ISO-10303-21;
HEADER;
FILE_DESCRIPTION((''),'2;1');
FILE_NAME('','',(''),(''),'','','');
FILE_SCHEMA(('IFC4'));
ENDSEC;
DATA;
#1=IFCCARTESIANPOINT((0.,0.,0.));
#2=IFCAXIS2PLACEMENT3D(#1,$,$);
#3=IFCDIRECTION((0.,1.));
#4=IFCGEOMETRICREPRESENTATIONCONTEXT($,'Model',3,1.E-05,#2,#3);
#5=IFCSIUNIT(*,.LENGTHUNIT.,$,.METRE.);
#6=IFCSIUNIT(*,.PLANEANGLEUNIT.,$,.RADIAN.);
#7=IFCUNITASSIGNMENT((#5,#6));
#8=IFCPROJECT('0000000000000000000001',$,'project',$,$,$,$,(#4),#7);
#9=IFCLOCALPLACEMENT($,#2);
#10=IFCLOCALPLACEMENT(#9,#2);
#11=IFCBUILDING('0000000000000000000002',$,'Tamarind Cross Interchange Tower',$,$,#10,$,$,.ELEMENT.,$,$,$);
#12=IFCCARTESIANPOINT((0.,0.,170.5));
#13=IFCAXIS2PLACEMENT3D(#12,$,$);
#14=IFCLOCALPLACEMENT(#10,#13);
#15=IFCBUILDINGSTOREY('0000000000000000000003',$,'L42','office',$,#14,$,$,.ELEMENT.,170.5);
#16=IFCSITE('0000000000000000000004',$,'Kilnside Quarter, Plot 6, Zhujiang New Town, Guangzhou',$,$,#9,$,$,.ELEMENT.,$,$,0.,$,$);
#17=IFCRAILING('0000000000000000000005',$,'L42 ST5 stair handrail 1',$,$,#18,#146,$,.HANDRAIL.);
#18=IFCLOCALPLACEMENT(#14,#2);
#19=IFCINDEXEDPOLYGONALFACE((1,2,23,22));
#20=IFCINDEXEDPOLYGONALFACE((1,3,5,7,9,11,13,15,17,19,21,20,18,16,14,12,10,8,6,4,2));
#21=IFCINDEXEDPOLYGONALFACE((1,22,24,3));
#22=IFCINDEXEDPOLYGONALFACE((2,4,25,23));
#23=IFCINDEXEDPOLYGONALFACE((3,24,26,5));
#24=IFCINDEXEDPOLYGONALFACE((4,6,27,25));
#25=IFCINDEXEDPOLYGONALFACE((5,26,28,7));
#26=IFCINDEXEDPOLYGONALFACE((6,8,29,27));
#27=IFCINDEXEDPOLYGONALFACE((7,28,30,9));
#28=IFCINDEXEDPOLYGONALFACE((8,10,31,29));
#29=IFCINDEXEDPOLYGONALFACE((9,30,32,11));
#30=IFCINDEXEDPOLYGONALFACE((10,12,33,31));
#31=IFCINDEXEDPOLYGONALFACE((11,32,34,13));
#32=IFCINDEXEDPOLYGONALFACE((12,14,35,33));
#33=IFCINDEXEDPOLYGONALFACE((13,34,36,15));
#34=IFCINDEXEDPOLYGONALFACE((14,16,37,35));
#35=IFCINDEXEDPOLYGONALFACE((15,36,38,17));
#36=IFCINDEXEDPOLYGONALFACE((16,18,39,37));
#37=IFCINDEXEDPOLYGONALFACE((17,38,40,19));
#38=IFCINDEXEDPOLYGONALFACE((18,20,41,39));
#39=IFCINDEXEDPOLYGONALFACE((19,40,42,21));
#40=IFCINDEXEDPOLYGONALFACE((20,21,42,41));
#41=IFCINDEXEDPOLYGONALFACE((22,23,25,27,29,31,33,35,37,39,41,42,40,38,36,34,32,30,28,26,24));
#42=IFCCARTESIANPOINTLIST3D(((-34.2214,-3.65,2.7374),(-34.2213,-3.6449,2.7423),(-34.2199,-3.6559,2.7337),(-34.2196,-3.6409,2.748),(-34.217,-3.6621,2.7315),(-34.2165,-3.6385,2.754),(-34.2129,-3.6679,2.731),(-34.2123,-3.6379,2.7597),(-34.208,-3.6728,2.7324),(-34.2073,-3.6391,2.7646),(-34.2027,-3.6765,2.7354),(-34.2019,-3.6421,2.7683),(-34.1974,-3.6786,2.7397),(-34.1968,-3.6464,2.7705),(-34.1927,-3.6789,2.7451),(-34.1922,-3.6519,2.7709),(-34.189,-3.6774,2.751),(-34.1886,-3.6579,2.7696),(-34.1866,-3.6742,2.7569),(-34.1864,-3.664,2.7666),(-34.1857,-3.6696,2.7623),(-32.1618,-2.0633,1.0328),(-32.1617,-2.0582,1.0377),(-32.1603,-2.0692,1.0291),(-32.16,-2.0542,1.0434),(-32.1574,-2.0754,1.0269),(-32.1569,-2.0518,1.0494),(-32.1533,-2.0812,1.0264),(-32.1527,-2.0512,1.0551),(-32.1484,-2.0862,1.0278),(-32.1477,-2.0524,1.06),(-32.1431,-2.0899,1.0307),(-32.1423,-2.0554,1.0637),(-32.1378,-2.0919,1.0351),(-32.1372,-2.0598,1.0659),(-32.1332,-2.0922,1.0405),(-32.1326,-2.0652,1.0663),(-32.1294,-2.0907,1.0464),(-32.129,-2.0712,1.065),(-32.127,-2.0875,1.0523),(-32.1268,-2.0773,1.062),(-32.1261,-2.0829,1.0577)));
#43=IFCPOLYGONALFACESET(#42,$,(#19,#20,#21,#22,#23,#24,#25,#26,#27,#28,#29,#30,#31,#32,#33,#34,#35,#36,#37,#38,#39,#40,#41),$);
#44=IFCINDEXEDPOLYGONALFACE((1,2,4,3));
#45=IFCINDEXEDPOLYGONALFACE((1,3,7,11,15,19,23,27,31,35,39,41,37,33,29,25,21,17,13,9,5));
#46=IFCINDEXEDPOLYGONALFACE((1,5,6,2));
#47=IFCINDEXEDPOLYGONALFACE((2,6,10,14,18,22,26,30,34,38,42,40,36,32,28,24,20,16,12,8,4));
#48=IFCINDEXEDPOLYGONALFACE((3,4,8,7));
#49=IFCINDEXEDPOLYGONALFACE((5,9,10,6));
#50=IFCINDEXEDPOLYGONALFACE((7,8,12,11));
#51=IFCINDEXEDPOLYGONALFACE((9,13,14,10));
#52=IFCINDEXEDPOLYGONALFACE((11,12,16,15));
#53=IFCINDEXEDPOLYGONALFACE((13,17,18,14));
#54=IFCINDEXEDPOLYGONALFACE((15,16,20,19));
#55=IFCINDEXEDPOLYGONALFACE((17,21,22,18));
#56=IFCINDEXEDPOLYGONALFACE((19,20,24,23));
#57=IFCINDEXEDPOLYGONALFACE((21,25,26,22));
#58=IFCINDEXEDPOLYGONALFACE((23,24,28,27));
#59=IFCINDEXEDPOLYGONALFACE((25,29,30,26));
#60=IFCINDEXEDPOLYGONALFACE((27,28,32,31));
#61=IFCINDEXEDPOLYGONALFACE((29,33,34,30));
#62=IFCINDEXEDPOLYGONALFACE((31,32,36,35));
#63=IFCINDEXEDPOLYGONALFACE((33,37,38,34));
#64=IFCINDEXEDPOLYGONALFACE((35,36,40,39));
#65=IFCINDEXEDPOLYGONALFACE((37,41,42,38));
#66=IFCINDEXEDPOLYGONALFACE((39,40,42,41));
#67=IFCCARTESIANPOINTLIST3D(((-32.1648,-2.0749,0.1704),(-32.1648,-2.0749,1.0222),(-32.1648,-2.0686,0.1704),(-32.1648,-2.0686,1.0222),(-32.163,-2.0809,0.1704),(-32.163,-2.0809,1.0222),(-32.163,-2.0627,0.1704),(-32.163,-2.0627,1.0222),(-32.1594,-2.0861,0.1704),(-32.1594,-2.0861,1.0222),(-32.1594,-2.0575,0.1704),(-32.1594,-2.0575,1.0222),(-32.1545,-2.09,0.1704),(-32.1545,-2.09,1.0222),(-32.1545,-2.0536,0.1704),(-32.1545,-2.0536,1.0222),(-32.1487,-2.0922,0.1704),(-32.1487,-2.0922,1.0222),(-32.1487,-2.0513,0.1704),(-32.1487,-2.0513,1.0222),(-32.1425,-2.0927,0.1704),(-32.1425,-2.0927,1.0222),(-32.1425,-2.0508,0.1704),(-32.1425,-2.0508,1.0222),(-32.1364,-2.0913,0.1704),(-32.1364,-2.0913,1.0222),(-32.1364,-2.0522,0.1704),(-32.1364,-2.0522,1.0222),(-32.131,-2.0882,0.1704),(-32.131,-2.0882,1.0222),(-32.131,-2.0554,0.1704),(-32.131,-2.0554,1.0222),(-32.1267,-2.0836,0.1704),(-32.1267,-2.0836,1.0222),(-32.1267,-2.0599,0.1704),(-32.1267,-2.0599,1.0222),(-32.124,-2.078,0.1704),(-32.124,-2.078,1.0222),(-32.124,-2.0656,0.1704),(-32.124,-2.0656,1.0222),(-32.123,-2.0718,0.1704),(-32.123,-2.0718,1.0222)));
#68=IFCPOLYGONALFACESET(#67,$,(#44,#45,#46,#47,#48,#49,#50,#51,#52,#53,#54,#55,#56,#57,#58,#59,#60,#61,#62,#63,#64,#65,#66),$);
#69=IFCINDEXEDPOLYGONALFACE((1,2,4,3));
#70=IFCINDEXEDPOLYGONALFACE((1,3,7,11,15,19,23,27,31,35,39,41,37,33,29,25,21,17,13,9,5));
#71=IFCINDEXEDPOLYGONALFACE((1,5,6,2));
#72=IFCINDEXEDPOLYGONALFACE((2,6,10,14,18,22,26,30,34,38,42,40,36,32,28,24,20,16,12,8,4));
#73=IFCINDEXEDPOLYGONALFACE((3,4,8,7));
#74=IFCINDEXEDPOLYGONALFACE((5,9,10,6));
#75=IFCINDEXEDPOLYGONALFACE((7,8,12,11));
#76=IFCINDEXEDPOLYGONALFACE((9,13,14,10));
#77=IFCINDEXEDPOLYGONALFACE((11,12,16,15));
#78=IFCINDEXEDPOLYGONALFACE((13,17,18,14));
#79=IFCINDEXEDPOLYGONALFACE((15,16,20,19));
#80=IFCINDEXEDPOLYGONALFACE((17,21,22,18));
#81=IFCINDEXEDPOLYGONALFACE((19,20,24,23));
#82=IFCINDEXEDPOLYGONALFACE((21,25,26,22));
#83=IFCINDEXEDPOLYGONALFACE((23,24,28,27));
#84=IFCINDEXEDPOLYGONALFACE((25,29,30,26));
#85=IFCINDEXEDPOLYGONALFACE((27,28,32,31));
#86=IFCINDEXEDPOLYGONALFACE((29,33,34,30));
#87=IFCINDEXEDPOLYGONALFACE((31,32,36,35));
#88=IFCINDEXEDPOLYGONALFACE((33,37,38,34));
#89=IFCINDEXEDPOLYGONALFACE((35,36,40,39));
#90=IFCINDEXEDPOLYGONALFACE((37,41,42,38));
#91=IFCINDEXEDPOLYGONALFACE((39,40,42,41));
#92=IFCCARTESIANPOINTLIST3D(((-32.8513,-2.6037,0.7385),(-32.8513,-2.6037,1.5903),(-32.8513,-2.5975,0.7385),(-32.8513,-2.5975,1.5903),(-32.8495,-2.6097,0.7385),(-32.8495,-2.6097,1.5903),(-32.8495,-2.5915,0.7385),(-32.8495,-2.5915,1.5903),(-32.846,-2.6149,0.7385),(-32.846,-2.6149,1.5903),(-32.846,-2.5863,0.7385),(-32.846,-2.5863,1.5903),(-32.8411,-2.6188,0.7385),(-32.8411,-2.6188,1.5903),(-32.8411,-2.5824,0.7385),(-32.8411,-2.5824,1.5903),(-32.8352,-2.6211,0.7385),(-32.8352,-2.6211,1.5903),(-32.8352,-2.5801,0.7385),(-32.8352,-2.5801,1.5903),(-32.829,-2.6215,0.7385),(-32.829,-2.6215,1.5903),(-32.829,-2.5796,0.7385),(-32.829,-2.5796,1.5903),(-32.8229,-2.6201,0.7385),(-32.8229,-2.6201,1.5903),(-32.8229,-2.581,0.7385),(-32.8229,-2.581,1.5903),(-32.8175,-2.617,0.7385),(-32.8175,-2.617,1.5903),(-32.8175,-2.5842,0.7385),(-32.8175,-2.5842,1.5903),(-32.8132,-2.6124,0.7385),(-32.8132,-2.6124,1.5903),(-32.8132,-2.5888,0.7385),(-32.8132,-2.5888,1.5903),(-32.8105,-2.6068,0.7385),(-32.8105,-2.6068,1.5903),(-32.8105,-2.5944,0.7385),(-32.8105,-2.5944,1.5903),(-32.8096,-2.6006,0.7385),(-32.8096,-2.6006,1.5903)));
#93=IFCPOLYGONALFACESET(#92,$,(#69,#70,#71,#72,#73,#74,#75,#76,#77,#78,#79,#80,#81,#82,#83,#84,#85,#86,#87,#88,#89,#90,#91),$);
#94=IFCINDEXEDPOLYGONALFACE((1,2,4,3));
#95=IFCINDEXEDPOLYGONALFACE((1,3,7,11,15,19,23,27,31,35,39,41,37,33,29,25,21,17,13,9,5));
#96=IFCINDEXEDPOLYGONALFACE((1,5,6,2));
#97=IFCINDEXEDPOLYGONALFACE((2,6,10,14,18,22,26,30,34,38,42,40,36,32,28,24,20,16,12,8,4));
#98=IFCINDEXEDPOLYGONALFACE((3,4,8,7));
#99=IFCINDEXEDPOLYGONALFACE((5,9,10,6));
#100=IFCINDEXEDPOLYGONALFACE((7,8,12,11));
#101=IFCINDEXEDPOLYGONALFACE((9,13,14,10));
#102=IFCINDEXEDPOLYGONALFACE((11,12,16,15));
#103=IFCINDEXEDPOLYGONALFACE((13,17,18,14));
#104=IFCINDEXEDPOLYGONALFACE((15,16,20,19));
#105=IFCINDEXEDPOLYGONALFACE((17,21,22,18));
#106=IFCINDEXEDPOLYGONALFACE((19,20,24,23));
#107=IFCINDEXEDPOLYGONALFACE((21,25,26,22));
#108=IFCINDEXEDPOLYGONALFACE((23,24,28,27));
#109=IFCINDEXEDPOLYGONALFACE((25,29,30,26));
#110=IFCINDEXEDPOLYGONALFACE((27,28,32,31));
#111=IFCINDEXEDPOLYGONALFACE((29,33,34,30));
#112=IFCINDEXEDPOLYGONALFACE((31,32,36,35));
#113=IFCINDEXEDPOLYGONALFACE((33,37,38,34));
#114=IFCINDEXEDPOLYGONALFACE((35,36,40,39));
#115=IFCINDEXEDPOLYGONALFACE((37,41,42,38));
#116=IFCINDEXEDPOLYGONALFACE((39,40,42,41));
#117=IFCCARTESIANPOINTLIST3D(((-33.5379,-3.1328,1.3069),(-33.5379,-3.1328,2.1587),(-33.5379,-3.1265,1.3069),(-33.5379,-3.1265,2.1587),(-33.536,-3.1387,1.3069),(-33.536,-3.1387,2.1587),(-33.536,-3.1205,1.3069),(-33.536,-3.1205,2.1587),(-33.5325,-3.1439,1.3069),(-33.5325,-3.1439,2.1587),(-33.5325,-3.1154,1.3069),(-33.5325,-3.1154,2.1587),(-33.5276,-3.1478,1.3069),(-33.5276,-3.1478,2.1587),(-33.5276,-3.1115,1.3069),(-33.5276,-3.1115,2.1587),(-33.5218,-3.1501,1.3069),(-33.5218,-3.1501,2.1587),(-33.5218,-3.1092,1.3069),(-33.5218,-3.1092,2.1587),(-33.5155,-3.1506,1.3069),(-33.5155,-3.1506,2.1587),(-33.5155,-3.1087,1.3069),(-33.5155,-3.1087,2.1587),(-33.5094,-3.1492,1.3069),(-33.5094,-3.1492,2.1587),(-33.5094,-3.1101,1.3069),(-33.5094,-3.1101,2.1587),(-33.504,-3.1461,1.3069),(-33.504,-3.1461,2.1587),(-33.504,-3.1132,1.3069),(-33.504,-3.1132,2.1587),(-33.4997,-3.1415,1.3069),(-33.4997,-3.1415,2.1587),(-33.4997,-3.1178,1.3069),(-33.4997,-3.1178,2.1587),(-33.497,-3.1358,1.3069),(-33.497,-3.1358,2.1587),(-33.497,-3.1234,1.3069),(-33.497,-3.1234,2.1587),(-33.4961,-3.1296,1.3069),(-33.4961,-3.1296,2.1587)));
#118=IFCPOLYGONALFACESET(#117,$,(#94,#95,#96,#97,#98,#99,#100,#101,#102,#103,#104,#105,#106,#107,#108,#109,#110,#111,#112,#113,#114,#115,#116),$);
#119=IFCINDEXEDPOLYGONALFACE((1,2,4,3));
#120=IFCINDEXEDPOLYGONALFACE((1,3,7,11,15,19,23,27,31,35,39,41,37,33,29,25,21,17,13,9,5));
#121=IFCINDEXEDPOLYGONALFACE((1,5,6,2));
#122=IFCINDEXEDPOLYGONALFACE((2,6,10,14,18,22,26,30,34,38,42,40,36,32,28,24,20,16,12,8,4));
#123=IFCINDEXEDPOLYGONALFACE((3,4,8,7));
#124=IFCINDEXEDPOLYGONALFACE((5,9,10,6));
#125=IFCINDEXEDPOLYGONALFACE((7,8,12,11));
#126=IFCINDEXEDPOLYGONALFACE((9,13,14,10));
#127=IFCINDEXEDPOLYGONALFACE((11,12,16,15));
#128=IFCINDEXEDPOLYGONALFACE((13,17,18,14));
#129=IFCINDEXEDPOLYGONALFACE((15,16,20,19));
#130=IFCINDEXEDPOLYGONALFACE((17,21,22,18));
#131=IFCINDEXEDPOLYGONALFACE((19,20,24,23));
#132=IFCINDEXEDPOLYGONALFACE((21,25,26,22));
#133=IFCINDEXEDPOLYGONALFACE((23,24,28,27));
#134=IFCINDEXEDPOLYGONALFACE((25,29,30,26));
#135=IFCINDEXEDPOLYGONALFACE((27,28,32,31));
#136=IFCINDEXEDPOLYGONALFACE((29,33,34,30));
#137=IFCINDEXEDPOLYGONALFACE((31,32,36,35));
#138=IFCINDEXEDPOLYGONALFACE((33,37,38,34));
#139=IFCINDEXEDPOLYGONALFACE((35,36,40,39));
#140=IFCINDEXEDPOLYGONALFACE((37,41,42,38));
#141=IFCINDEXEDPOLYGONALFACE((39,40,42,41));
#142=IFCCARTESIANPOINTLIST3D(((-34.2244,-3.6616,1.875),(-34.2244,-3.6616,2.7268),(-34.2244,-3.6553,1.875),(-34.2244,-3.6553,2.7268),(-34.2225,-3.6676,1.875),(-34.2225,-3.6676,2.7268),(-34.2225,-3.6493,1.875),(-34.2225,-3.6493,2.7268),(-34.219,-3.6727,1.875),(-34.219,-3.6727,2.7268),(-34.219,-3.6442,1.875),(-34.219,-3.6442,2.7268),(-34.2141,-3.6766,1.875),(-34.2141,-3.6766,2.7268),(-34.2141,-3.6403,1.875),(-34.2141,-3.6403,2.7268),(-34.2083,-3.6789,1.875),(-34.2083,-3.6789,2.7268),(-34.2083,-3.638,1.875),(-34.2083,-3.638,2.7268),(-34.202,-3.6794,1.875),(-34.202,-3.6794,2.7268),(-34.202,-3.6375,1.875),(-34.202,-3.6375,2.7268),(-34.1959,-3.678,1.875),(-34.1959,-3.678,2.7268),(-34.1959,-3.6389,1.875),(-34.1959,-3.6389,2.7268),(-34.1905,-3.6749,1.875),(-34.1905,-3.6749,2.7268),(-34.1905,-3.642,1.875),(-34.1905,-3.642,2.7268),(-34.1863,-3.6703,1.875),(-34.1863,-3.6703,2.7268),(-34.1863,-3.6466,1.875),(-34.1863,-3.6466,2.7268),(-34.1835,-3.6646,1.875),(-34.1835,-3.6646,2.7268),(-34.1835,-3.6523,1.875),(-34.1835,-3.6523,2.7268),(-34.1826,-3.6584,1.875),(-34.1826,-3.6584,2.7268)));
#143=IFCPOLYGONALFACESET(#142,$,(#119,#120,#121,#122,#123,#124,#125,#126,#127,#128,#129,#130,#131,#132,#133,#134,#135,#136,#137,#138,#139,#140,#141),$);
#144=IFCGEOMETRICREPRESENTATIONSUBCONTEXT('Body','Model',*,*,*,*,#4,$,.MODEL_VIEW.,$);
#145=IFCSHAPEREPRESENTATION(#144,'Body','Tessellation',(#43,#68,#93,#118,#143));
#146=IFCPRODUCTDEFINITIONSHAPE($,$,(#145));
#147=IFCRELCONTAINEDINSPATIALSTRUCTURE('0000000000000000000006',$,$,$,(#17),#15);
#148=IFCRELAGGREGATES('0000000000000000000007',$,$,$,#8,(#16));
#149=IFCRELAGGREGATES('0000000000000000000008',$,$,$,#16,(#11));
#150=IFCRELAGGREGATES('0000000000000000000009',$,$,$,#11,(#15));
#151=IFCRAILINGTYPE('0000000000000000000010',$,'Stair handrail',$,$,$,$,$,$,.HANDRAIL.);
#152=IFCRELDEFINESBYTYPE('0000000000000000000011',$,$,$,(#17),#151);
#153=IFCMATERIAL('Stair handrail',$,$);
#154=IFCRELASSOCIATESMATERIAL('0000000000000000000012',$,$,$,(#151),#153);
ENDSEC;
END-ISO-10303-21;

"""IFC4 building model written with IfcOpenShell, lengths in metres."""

from ifc_helpers import new_model, si_unit, direction, frame, origin, origin_2d, place, context, subcontext, project, spatial, circle, extrude, material, type_object, element, save


model = new_model("IFC4")

# Units and contexts
model_context = context("Model", 3, precision=1e-05, world=origin(), true_north=direction((0.0, 1.0)))
body_context = subcontext(model_context, "Body", "Model", "MODEL_VIEW")
ifc_project = project(units=[si_unit("LENGTHUNIT", "METRE"), si_unit("PLANEANGLEUNIT", "RADIAN")], contexts=[model_context])

# Site, building, storey
site_placement = place(None, origin())
site = spatial("IfcSite", under=ifc_project, at=site_placement, Name="Kilnside Quarter, Plot 6, Zhujiang New Town, Guangzhou", CompositionType="ELEMENT", RefElevation=0.0)
building_placement = place(site_placement, origin())
building = spatial("IfcBuilding", under=site, at=building_placement, Name="Tamarind Cross Interchange Tower", CompositionType="ELEMENT")
storey_placement = place(building_placement, frame((0.0, 0.0, 170.5)))
storey = spatial("IfcBuildingStorey", under=building, at=storey_placement, Name="L42", Description="office", CompositionType="ELEMENT", Elevation=170.5)

# Railing
ifc_material_1 = material(Name="Stair handrail")
railing_type_1 = type_object("IfcRailingType", Name="Stair handrail", PredefinedType="HANDRAIL", material=ifc_material_1)
railing_1_placement = place(storey_placement, frame((-32.144, -2.0718, 0.1704)))
element("IfcRailing", 1, at=railing_1_placement, inside=storey, type_object=railing_type_1, Name="L42 ST5 stair handrail 1", PredefinedType="HANDRAIL", context=body_context, shape_type="SweptSolid", body=[
    extrude(circle(Radius=0.0239, at=origin_2d()), frame((0.0, 0.0, 0.876), z_axis=(-0.662485, -0.510371, 0.548302), x_axis=(0.610287, -0.79218, 0.0)), (0.0, 0.0, 1.0), 3.1089),
    extrude(circle(Radius=0.021, at=origin_2d()), origin(), (0.0, 0.0, 1.0), 0.8518),
    extrude(circle(Radius=0.021, at=origin_2d()), frame((-0.6865, -0.5288, 0.5681)), (0.0, 0.0, 1.0), 0.8518),
    extrude(circle(Radius=0.021, at=origin_2d()), frame((-1.373, -1.0579, 1.1365)), (0.0, 0.0, 1.0), 0.8518),
    extrude(circle(Radius=0.021, at=origin_2d()), frame((-2.0596, -1.5867, 1.7046)), (0.0, 0.0, 1.0), 0.8518),
])

save(model, "model.ifc")
